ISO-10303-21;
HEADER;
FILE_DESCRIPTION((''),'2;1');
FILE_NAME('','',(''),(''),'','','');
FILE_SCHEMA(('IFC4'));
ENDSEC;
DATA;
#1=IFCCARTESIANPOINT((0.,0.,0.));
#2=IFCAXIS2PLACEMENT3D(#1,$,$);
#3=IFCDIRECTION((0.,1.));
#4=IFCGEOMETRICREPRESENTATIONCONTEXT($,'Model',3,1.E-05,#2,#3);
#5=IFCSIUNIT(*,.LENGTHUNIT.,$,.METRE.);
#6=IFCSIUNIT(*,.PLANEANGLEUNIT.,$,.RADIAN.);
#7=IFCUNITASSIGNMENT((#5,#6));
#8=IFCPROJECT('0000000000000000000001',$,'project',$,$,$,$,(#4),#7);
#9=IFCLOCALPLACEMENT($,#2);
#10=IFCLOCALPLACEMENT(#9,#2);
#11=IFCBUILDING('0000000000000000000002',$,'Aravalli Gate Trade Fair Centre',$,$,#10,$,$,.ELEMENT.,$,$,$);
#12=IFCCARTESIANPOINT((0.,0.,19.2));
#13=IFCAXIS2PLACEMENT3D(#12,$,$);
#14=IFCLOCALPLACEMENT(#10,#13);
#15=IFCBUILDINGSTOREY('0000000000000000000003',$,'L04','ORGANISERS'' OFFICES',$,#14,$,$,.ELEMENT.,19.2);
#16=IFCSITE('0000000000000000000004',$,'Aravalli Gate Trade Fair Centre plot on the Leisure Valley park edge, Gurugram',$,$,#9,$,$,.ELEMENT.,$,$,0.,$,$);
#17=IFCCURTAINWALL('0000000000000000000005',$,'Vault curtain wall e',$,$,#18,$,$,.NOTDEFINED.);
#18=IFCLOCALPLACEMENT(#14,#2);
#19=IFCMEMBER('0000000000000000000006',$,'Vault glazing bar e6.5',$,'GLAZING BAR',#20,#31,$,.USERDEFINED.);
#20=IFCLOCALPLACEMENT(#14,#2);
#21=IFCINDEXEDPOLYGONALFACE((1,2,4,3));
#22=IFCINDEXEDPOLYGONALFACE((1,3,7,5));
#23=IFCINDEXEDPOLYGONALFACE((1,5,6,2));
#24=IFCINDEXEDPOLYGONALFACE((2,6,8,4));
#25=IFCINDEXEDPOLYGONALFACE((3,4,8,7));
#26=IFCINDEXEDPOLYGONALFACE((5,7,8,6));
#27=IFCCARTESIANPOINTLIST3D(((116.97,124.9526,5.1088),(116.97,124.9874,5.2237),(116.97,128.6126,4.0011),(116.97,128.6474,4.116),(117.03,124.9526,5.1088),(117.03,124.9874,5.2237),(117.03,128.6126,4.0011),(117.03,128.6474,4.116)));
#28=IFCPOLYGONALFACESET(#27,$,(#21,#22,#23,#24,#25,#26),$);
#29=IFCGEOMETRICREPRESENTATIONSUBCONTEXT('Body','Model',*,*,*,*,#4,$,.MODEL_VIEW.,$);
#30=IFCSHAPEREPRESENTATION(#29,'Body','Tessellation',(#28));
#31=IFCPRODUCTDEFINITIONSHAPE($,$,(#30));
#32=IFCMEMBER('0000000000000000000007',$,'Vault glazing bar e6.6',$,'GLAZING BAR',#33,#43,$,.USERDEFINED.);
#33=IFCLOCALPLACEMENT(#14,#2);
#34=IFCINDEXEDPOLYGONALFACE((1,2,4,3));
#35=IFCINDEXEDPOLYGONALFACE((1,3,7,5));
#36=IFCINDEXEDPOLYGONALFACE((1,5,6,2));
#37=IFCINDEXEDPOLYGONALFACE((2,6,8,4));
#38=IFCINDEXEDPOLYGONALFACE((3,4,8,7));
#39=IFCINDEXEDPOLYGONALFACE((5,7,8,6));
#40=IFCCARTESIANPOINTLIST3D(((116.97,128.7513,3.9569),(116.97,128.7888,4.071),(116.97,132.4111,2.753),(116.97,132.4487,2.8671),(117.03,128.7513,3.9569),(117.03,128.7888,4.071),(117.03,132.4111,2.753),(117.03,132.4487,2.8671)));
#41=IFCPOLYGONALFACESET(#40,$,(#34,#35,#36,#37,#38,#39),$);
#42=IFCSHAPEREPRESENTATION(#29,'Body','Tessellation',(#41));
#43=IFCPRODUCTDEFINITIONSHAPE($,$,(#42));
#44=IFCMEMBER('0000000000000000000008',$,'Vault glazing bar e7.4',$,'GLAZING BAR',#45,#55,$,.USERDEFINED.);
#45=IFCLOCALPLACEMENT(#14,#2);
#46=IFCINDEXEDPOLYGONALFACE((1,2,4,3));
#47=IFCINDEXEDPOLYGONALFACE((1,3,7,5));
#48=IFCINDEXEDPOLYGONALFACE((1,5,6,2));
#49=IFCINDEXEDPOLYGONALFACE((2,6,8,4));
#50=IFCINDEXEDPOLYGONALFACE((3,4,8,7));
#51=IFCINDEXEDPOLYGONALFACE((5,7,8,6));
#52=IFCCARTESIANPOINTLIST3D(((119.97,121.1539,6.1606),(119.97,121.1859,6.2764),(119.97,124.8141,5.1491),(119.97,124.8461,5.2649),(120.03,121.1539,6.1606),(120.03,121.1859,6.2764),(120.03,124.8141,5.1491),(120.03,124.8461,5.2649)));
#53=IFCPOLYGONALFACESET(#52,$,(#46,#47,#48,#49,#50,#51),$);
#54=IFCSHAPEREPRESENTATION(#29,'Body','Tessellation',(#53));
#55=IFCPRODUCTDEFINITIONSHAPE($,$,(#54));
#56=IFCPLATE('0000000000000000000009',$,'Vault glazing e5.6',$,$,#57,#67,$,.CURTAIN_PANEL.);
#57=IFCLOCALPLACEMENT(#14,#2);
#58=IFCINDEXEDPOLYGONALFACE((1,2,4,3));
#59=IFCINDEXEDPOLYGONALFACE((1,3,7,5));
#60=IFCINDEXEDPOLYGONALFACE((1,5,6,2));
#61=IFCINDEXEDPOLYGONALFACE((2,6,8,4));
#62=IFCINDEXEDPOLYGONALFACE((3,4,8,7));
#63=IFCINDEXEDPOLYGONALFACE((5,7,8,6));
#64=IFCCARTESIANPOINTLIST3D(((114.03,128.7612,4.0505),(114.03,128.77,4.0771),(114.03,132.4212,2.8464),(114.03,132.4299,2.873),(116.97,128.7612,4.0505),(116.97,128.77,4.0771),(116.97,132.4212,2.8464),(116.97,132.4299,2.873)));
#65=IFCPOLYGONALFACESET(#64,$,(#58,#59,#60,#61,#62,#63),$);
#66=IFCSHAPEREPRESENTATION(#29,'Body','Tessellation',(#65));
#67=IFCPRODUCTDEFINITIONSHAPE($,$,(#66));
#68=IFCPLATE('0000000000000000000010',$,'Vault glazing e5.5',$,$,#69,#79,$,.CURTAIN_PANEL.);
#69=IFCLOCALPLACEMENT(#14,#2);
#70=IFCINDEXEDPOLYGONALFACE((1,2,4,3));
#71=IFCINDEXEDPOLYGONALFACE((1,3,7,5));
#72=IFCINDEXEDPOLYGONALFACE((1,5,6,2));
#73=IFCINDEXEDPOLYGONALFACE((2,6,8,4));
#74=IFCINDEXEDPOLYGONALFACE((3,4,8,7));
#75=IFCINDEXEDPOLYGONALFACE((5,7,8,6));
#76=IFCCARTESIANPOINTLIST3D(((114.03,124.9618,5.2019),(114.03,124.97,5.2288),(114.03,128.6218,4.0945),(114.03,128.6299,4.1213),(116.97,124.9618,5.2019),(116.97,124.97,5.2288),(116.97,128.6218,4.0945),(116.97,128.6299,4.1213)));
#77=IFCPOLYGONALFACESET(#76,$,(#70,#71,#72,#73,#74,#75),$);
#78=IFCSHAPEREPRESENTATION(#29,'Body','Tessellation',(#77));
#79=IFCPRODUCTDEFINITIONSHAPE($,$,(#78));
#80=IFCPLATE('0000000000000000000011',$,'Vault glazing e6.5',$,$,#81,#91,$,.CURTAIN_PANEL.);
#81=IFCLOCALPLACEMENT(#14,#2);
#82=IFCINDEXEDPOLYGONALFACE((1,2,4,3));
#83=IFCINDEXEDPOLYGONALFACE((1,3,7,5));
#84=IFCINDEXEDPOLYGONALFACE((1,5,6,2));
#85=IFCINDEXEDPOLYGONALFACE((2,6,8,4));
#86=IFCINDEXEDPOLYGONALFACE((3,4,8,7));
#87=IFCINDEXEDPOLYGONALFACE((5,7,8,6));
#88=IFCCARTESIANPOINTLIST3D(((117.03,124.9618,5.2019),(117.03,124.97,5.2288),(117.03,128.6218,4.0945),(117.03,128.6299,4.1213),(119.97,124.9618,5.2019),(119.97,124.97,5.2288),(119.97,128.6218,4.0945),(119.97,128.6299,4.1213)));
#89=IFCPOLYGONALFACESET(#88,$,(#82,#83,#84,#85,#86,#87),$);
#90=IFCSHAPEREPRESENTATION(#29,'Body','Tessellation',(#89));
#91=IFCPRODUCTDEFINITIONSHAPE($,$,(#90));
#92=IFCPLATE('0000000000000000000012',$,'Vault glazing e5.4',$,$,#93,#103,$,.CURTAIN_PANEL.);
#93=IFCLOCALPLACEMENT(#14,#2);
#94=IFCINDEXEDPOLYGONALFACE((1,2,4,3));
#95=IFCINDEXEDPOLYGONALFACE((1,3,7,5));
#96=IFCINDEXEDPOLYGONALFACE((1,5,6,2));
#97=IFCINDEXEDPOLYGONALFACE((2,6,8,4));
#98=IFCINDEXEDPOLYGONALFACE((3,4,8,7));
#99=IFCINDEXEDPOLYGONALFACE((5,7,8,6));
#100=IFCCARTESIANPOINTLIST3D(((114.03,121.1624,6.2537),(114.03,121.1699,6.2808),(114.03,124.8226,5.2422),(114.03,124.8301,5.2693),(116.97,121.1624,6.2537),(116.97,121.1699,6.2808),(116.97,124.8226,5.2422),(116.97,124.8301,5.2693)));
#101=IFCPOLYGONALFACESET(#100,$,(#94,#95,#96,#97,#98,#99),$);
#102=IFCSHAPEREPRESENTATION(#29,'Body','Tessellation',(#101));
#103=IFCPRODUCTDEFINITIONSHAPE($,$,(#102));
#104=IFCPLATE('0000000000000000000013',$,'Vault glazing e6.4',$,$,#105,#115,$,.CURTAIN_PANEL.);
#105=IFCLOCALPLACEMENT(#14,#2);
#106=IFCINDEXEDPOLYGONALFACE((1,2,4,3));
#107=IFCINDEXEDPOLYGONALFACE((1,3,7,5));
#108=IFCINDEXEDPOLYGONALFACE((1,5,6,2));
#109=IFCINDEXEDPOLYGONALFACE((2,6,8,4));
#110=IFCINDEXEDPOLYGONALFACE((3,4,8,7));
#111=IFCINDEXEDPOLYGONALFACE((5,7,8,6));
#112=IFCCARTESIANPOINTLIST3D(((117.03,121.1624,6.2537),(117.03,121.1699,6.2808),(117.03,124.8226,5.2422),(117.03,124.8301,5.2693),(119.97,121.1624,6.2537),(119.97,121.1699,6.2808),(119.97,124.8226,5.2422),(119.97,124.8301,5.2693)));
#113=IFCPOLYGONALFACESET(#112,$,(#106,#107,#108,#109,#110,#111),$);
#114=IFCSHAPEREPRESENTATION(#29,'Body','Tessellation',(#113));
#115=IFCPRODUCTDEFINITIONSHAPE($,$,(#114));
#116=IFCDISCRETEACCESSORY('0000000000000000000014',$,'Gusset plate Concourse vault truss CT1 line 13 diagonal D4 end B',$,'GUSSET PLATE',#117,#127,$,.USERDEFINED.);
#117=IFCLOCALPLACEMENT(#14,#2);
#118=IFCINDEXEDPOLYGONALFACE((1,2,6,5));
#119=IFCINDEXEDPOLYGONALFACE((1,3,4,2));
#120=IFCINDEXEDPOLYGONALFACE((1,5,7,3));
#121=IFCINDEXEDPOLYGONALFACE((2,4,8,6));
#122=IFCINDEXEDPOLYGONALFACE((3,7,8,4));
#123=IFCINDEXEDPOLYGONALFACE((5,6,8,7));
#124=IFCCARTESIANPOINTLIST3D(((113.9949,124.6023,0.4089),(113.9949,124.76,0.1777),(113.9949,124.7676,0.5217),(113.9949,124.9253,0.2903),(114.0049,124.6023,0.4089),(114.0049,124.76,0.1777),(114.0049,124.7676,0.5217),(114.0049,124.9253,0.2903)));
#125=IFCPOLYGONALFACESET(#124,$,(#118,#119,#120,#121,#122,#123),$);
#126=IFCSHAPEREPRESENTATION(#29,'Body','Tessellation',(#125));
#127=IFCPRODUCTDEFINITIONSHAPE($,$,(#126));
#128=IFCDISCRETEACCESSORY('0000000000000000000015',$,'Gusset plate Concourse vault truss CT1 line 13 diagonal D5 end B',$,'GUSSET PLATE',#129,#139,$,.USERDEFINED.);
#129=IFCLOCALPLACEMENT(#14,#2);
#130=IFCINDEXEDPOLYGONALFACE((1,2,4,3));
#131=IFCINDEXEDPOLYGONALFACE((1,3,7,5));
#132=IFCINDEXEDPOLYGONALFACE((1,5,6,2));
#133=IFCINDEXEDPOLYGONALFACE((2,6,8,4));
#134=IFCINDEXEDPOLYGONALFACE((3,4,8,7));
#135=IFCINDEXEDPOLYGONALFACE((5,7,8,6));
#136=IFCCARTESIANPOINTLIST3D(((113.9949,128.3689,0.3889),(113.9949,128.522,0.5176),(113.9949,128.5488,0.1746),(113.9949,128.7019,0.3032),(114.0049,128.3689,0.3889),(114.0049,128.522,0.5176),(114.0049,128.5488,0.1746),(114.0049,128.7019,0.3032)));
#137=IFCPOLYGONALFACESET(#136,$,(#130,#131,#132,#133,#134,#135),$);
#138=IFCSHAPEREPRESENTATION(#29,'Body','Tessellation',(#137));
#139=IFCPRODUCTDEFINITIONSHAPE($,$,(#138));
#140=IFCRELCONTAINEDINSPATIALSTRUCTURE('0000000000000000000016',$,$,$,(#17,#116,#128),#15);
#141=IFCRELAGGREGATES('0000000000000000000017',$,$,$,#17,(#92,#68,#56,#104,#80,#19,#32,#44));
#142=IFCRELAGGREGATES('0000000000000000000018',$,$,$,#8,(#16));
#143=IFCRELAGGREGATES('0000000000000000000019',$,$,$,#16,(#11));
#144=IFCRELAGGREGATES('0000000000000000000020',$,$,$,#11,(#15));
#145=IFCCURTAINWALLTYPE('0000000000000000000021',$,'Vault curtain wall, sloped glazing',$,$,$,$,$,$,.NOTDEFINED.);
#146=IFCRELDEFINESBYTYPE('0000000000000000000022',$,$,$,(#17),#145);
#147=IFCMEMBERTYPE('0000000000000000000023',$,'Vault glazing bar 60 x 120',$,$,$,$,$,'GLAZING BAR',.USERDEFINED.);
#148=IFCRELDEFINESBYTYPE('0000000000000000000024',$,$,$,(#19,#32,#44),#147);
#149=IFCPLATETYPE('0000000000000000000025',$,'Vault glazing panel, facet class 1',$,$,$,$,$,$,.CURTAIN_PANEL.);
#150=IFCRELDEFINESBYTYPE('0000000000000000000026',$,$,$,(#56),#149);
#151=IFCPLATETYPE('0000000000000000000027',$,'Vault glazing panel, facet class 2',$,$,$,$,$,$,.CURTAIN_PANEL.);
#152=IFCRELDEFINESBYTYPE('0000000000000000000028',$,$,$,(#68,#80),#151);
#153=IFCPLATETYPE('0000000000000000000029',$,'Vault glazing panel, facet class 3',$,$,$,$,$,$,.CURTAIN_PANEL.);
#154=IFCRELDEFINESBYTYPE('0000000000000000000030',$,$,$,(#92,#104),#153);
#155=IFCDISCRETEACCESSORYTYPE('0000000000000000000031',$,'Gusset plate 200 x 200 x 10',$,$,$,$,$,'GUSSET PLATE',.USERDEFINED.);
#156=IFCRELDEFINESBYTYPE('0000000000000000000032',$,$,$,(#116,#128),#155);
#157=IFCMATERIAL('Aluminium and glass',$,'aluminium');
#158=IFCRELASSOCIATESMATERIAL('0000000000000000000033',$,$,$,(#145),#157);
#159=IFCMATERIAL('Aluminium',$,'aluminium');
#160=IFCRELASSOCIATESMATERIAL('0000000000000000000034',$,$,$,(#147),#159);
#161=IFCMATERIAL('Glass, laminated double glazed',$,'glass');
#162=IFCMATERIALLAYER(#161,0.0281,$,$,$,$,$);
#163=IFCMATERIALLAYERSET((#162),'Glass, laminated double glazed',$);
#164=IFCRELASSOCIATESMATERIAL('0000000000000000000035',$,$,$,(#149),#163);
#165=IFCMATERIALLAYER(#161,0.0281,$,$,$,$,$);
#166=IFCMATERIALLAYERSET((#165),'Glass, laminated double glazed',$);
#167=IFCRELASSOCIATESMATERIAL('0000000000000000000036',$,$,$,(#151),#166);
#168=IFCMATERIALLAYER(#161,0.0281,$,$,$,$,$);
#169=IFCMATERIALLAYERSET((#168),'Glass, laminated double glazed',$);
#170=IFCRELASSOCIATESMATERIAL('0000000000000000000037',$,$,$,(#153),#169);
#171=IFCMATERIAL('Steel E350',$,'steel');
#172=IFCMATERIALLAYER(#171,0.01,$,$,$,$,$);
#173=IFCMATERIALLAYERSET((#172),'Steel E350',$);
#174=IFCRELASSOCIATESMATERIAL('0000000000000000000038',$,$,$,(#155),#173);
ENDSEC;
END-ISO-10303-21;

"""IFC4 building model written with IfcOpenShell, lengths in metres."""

from ifc_helpers import new_model, si_unit, direction, frame, origin, origin_2d, place, context, subcontext, project, spatial, polyline, rectangle, outline, extrude, material, layer, layer_set, material_profile, profile_set, type_object, element, aggregate, save


model = new_model("IFC4")

# Units and contexts
model_context = context("Model", 3, precision=1e-05, world=origin(), true_north=direction((0.0, 1.0)))
body_context = subcontext(model_context, "Body", "Model", "MODEL_VIEW")
ifc_project = project(units=[si_unit("LENGTHUNIT", "METRE"), si_unit("PLANEANGLEUNIT", "RADIAN")], contexts=[model_context])

# Site, building, storey
site_placement = place(None, origin())
site = spatial("IfcSite", under=ifc_project, at=site_placement, Name="Aravalli Gate Trade Fair Centre plot on the Leisure Valley park edge, Gurugram", CompositionType="ELEMENT", RefElevation=0.0)
building_placement = place(site_placement, origin())
building = spatial("IfcBuilding", under=site, at=building_placement, Name="Aravalli Gate Trade Fair Centre", CompositionType="ELEMENT")
storey_placement = place(building_placement, frame((0.0, 0.0, 19.2)))
storey = spatial("IfcBuildingStorey", under=building, at=storey_placement, Name="L04", Description="ORGANISERS' OFFICES", CompositionType="ELEMENT", Elevation=19.2)

# Shared definitions
ifc_material_1 = material(Name="Steel E350", Category="steel")
ifc_material_2 = material(Name="Aluminium", Category="aluminium")

# Curtain wall, members, plates
ifc_material_3 = material(Name="Aluminium and glass", Category="aluminium")
curtain_wall_type = type_object("IfcCurtainWallType", Name="Vault curtain wall, sloped glazing", PredefinedType="NOTDEFINED", material=ifc_material_3)
curtain_wall_placement = place(storey_placement, origin())
curtain_wall = element("IfcCurtainWall", 1, at=curtain_wall_placement, inside=storey, type_object=curtain_wall_type, Name="Vault curtain wall e", PredefinedType="NOTDEFINED")
ifc_material_profile_1 = material_profile(ifc_material_2, rectangle(XDim=0.0601, YDim=0.1201, at=origin_2d()), Name="Vault glazing bar 60 x 120")
ifc_profile_set_1 = profile_set([ifc_material_profile_1], Name="Aluminium")
member_type_1 = type_object("IfcMemberType", Name="Vault glazing bar 60 x 120", ElementType="GLAZING BAR", PredefinedType="USERDEFINED", material=ifc_profile_set_1)
member_1_placement = place(storey_placement, frame((117.0, 124.97, 5.1663), z_axis=(0.0, 0.957126, -0.289672), x_axis=(-1.0, 0.0, 0.0)))
member_1 = element("IfcMember", 2, at=member_1_placement, type_object=member_type_1, Name="Vault glazing bar e6.5", ObjectType="GLAZING BAR", PredefinedType="USERDEFINED", context=body_context, shape_type="SweptSolid", body=[
    extrude(rectangle(XDim=0.0601, YDim=0.1201, at=origin_2d()), origin(), (0.0, 0.0, 1.0), 3.824),
])
member_2_placement = place(storey_placement, frame((117.0, 128.77, 4.0139), z_axis=(0.0, 0.94993, -0.312461), x_axis=(-1.0, 0.0, 0.0)))
member_2 = element("IfcMember", 3, at=member_2_placement, type_object=member_type_1, Name="Vault glazing bar e6.6", ObjectType="GLAZING BAR", PredefinedType="USERDEFINED", context=body_context, shape_type="SweptSolid", body=[
    extrude(rectangle(XDim=0.0601, YDim=0.1201, at=origin_2d()), origin(), (0.0, 0.0, 1.0), 3.8528),
])
member_3_placement = place(storey_placement, frame((120.0, 121.1699, 6.2185), z_axis=(0.0, 0.963873, -0.266364), x_axis=(-1.0, 0.0, 0.0)))
member_3 = element("IfcMember", 4, at=member_3_placement, type_object=member_type_1, Name="Vault glazing bar e7.4", ObjectType="GLAZING BAR", PredefinedType="USERDEFINED", context=body_context, shape_type="SweptSolid", body=[
    extrude(rectangle(XDim=0.0601, YDim=0.1201, at=origin_2d()), origin(), (0.0, 0.0, 1.0), 3.7974),
])
ifc_material_4 = material(Name="Glass, laminated double glazed", Category="glass")
ifc_layer_1 = layer(ifc_material_4, 0.0281)
ifc_layer_set_1 = layer_set([ifc_layer_1], Name="Glass, laminated double glazed")
plate_type_1 = type_object("IfcPlateType", Name="Vault glazing panel, facet class 1", PredefinedType="CURTAIN_PANEL", material=ifc_layer_set_1)
plate_1_placement = place(storey_placement, frame((114.03, 128.77, 4.0771), z_axis=(0.0, 0.312518, 0.949912), x_axis=(1.0, 0.0, 0.0)))
plate_1 = element("IfcPlate", 5, at=plate_1_placement, type_object=plate_type_1, Name="Vault glazing e5.6", PredefinedType="CURTAIN_PANEL", context=body_context, shape_type="SweptSolid", body=[
    extrude(outline(polyline([(0.0, 0.0), (2.9399, 0.0), (2.9399, 3.8529), (0.0, 3.8529), (0.0, 0.0)])), origin(), (0.0, 0.0, -1.0), 0.0281),
])
ifc_layer_2 = layer(ifc_material_4, 0.0281)
ifc_layer_set_2 = layer_set([ifc_layer_2], Name="Glass, laminated double glazed")
plate_type_2 = type_object("IfcPlateType", Name="Vault glazing panel, facet class 2", PredefinedType="CURTAIN_PANEL", material=ifc_layer_set_2)
plate_2_placement = place(storey_placement, frame((114.03, 124.97, 5.2288), z_axis=(0.0, 0.289614, 0.957144), x_axis=(1.0, 0.0, 0.0)))
plate_2 = element("IfcPlate", 6, at=plate_2_placement, type_object=plate_type_2, Name="Vault glazing e5.5", PredefinedType="CURTAIN_PANEL", context=body_context, shape_type="SweptSolid", body=[
    extrude(outline(polyline([(0.0, 0.0), (2.9399, 0.0), (2.9399, 3.8238), (0.0, 3.8238), (0.0, 0.0)])), origin(), (0.0, 0.0, -1.0), 0.0281),
])
plate_3_placement = place(storey_placement, frame((117.03, 124.97, 5.2288), z_axis=(0.0, 0.289614, 0.957144), x_axis=(1.0, 0.0, 0.0)))
plate_3 = element("IfcPlate", 7, at=plate_3_placement, type_object=plate_type_2, Name="Vault glazing e6.5", PredefinedType="CURTAIN_PANEL", context=body_context, shape_type="SweptSolid", body=[
    extrude(outline(polyline([(0.0, 0.0), (2.9399, 0.0), (2.9399, 3.8238), (0.0, 3.8238), (0.0, 0.0)])), origin(), (0.0, 0.0, -1.0), 0.0281),
])
ifc_layer_3 = layer(ifc_material_4, 0.0281)
ifc_layer_set_3 = layer_set([ifc_layer_3], Name="Glass, laminated double glazed")
plate_type_3 = type_object("IfcPlateType", Name="Vault glazing panel, facet class 3", PredefinedType="CURTAIN_PANEL", material=ifc_layer_set_3)
plate_4_placement = place(storey_placement, frame((114.03, 121.1699, 6.2808), z_axis=(0.0, 0.266364, 0.963873), x_axis=(1.0, 0.0, 0.0)))
plate_4 = element("IfcPlate", 8, at=plate_4_placement, type_object=plate_type_3, Name="Vault glazing e5.4", PredefinedType="CURTAIN_PANEL", context=body_context, shape_type="SweptSolid", body=[
    extrude(outline(polyline([(0.0, 0.0), (2.9399, 0.0), (2.9399, 3.7973), (0.0, 3.7973), (0.0, 0.0)])), origin(), (0.0, 0.0, -1.0), 0.0281),
])
plate_5_placement = place(storey_placement, frame((117.03, 121.1699, 6.2808), z_axis=(0.0, 0.266364, 0.963873), x_axis=(1.0, 0.0, 0.0)))
plate_5 = element("IfcPlate", 9, at=plate_5_placement, type_object=plate_type_3, Name="Vault glazing e6.4", PredefinedType="CURTAIN_PANEL", context=body_context, shape_type="SweptSolid", body=[
    extrude(outline(polyline([(0.0, 0.0), (2.9399, 0.0), (2.9399, 3.7973), (0.0, 3.7973), (0.0, 0.0)])), origin(), (0.0, 0.0, -1.0), 0.0281),
])
aggregate(curtain_wall, [plate_4, plate_2, plate_1, plate_5, plate_3, member_1, member_2, member_3])

# Discrete accessories
ifc_layer_4 = layer(ifc_material_1, 0.01)
ifc_layer_set_4 = layer_set([ifc_layer_4], Name="Steel E350")
discrete_accessory_type = type_object("IfcDiscreteAccessoryType", Name="Gusset plate 200 x 200 x 10", ElementType="GUSSET PLATE", PredefinedType="USERDEFINED", material=ifc_layer_set_4)
discrete_accessory_1_placement = place(storey_placement, frame((114.0049, 124.6023, 0.4089), z_axis=(1.0, 0.0, 0.0), x_axis=(0.0, 0.563526, -0.826098)))
element("IfcDiscreteAccessory", 10, at=discrete_accessory_1_placement, inside=storey, type_object=discrete_accessory_type, Name="Gusset plate Concourse vault truss CT1 line 13 diagonal D4 end B", ObjectType="GUSSET PLATE", PredefinedType="USERDEFINED", context=body_context, shape_type="SweptSolid", body=[
    extrude(outline(polyline([(0.0, 0.0), (0.2799, 0.0), (0.28, 0.2), (0.0, 0.2001), (0.0, 0.0)])), origin(), (0.0, 0.0, -1.0), 0.01),
])
discrete_accessory_2_placement = place(storey_placement, frame((114.0049, 128.3689, 0.3889), z_axis=(1.0, 0.0, 0.0), x_axis=(0.0, 0.642926, -0.765928)))
element("IfcDiscreteAccessory", 11, at=discrete_accessory_2_placement, inside=storey, type_object=discrete_accessory_type, Name="Gusset plate Concourse vault truss CT1 line 13 diagonal D5 end B", ObjectType="GUSSET PLATE", PredefinedType="USERDEFINED", context=body_context, shape_type="SweptSolid", body=[
    extrude(outline(polyline([(0.0, 0.0), (0.2799, 0.0), (0.2797, 0.2), (-0.0001, 0.2), (0.0, 0.0)])), origin(), (0.0, 0.0, -1.0), 0.01),
])

save(model, "model.ifc")
